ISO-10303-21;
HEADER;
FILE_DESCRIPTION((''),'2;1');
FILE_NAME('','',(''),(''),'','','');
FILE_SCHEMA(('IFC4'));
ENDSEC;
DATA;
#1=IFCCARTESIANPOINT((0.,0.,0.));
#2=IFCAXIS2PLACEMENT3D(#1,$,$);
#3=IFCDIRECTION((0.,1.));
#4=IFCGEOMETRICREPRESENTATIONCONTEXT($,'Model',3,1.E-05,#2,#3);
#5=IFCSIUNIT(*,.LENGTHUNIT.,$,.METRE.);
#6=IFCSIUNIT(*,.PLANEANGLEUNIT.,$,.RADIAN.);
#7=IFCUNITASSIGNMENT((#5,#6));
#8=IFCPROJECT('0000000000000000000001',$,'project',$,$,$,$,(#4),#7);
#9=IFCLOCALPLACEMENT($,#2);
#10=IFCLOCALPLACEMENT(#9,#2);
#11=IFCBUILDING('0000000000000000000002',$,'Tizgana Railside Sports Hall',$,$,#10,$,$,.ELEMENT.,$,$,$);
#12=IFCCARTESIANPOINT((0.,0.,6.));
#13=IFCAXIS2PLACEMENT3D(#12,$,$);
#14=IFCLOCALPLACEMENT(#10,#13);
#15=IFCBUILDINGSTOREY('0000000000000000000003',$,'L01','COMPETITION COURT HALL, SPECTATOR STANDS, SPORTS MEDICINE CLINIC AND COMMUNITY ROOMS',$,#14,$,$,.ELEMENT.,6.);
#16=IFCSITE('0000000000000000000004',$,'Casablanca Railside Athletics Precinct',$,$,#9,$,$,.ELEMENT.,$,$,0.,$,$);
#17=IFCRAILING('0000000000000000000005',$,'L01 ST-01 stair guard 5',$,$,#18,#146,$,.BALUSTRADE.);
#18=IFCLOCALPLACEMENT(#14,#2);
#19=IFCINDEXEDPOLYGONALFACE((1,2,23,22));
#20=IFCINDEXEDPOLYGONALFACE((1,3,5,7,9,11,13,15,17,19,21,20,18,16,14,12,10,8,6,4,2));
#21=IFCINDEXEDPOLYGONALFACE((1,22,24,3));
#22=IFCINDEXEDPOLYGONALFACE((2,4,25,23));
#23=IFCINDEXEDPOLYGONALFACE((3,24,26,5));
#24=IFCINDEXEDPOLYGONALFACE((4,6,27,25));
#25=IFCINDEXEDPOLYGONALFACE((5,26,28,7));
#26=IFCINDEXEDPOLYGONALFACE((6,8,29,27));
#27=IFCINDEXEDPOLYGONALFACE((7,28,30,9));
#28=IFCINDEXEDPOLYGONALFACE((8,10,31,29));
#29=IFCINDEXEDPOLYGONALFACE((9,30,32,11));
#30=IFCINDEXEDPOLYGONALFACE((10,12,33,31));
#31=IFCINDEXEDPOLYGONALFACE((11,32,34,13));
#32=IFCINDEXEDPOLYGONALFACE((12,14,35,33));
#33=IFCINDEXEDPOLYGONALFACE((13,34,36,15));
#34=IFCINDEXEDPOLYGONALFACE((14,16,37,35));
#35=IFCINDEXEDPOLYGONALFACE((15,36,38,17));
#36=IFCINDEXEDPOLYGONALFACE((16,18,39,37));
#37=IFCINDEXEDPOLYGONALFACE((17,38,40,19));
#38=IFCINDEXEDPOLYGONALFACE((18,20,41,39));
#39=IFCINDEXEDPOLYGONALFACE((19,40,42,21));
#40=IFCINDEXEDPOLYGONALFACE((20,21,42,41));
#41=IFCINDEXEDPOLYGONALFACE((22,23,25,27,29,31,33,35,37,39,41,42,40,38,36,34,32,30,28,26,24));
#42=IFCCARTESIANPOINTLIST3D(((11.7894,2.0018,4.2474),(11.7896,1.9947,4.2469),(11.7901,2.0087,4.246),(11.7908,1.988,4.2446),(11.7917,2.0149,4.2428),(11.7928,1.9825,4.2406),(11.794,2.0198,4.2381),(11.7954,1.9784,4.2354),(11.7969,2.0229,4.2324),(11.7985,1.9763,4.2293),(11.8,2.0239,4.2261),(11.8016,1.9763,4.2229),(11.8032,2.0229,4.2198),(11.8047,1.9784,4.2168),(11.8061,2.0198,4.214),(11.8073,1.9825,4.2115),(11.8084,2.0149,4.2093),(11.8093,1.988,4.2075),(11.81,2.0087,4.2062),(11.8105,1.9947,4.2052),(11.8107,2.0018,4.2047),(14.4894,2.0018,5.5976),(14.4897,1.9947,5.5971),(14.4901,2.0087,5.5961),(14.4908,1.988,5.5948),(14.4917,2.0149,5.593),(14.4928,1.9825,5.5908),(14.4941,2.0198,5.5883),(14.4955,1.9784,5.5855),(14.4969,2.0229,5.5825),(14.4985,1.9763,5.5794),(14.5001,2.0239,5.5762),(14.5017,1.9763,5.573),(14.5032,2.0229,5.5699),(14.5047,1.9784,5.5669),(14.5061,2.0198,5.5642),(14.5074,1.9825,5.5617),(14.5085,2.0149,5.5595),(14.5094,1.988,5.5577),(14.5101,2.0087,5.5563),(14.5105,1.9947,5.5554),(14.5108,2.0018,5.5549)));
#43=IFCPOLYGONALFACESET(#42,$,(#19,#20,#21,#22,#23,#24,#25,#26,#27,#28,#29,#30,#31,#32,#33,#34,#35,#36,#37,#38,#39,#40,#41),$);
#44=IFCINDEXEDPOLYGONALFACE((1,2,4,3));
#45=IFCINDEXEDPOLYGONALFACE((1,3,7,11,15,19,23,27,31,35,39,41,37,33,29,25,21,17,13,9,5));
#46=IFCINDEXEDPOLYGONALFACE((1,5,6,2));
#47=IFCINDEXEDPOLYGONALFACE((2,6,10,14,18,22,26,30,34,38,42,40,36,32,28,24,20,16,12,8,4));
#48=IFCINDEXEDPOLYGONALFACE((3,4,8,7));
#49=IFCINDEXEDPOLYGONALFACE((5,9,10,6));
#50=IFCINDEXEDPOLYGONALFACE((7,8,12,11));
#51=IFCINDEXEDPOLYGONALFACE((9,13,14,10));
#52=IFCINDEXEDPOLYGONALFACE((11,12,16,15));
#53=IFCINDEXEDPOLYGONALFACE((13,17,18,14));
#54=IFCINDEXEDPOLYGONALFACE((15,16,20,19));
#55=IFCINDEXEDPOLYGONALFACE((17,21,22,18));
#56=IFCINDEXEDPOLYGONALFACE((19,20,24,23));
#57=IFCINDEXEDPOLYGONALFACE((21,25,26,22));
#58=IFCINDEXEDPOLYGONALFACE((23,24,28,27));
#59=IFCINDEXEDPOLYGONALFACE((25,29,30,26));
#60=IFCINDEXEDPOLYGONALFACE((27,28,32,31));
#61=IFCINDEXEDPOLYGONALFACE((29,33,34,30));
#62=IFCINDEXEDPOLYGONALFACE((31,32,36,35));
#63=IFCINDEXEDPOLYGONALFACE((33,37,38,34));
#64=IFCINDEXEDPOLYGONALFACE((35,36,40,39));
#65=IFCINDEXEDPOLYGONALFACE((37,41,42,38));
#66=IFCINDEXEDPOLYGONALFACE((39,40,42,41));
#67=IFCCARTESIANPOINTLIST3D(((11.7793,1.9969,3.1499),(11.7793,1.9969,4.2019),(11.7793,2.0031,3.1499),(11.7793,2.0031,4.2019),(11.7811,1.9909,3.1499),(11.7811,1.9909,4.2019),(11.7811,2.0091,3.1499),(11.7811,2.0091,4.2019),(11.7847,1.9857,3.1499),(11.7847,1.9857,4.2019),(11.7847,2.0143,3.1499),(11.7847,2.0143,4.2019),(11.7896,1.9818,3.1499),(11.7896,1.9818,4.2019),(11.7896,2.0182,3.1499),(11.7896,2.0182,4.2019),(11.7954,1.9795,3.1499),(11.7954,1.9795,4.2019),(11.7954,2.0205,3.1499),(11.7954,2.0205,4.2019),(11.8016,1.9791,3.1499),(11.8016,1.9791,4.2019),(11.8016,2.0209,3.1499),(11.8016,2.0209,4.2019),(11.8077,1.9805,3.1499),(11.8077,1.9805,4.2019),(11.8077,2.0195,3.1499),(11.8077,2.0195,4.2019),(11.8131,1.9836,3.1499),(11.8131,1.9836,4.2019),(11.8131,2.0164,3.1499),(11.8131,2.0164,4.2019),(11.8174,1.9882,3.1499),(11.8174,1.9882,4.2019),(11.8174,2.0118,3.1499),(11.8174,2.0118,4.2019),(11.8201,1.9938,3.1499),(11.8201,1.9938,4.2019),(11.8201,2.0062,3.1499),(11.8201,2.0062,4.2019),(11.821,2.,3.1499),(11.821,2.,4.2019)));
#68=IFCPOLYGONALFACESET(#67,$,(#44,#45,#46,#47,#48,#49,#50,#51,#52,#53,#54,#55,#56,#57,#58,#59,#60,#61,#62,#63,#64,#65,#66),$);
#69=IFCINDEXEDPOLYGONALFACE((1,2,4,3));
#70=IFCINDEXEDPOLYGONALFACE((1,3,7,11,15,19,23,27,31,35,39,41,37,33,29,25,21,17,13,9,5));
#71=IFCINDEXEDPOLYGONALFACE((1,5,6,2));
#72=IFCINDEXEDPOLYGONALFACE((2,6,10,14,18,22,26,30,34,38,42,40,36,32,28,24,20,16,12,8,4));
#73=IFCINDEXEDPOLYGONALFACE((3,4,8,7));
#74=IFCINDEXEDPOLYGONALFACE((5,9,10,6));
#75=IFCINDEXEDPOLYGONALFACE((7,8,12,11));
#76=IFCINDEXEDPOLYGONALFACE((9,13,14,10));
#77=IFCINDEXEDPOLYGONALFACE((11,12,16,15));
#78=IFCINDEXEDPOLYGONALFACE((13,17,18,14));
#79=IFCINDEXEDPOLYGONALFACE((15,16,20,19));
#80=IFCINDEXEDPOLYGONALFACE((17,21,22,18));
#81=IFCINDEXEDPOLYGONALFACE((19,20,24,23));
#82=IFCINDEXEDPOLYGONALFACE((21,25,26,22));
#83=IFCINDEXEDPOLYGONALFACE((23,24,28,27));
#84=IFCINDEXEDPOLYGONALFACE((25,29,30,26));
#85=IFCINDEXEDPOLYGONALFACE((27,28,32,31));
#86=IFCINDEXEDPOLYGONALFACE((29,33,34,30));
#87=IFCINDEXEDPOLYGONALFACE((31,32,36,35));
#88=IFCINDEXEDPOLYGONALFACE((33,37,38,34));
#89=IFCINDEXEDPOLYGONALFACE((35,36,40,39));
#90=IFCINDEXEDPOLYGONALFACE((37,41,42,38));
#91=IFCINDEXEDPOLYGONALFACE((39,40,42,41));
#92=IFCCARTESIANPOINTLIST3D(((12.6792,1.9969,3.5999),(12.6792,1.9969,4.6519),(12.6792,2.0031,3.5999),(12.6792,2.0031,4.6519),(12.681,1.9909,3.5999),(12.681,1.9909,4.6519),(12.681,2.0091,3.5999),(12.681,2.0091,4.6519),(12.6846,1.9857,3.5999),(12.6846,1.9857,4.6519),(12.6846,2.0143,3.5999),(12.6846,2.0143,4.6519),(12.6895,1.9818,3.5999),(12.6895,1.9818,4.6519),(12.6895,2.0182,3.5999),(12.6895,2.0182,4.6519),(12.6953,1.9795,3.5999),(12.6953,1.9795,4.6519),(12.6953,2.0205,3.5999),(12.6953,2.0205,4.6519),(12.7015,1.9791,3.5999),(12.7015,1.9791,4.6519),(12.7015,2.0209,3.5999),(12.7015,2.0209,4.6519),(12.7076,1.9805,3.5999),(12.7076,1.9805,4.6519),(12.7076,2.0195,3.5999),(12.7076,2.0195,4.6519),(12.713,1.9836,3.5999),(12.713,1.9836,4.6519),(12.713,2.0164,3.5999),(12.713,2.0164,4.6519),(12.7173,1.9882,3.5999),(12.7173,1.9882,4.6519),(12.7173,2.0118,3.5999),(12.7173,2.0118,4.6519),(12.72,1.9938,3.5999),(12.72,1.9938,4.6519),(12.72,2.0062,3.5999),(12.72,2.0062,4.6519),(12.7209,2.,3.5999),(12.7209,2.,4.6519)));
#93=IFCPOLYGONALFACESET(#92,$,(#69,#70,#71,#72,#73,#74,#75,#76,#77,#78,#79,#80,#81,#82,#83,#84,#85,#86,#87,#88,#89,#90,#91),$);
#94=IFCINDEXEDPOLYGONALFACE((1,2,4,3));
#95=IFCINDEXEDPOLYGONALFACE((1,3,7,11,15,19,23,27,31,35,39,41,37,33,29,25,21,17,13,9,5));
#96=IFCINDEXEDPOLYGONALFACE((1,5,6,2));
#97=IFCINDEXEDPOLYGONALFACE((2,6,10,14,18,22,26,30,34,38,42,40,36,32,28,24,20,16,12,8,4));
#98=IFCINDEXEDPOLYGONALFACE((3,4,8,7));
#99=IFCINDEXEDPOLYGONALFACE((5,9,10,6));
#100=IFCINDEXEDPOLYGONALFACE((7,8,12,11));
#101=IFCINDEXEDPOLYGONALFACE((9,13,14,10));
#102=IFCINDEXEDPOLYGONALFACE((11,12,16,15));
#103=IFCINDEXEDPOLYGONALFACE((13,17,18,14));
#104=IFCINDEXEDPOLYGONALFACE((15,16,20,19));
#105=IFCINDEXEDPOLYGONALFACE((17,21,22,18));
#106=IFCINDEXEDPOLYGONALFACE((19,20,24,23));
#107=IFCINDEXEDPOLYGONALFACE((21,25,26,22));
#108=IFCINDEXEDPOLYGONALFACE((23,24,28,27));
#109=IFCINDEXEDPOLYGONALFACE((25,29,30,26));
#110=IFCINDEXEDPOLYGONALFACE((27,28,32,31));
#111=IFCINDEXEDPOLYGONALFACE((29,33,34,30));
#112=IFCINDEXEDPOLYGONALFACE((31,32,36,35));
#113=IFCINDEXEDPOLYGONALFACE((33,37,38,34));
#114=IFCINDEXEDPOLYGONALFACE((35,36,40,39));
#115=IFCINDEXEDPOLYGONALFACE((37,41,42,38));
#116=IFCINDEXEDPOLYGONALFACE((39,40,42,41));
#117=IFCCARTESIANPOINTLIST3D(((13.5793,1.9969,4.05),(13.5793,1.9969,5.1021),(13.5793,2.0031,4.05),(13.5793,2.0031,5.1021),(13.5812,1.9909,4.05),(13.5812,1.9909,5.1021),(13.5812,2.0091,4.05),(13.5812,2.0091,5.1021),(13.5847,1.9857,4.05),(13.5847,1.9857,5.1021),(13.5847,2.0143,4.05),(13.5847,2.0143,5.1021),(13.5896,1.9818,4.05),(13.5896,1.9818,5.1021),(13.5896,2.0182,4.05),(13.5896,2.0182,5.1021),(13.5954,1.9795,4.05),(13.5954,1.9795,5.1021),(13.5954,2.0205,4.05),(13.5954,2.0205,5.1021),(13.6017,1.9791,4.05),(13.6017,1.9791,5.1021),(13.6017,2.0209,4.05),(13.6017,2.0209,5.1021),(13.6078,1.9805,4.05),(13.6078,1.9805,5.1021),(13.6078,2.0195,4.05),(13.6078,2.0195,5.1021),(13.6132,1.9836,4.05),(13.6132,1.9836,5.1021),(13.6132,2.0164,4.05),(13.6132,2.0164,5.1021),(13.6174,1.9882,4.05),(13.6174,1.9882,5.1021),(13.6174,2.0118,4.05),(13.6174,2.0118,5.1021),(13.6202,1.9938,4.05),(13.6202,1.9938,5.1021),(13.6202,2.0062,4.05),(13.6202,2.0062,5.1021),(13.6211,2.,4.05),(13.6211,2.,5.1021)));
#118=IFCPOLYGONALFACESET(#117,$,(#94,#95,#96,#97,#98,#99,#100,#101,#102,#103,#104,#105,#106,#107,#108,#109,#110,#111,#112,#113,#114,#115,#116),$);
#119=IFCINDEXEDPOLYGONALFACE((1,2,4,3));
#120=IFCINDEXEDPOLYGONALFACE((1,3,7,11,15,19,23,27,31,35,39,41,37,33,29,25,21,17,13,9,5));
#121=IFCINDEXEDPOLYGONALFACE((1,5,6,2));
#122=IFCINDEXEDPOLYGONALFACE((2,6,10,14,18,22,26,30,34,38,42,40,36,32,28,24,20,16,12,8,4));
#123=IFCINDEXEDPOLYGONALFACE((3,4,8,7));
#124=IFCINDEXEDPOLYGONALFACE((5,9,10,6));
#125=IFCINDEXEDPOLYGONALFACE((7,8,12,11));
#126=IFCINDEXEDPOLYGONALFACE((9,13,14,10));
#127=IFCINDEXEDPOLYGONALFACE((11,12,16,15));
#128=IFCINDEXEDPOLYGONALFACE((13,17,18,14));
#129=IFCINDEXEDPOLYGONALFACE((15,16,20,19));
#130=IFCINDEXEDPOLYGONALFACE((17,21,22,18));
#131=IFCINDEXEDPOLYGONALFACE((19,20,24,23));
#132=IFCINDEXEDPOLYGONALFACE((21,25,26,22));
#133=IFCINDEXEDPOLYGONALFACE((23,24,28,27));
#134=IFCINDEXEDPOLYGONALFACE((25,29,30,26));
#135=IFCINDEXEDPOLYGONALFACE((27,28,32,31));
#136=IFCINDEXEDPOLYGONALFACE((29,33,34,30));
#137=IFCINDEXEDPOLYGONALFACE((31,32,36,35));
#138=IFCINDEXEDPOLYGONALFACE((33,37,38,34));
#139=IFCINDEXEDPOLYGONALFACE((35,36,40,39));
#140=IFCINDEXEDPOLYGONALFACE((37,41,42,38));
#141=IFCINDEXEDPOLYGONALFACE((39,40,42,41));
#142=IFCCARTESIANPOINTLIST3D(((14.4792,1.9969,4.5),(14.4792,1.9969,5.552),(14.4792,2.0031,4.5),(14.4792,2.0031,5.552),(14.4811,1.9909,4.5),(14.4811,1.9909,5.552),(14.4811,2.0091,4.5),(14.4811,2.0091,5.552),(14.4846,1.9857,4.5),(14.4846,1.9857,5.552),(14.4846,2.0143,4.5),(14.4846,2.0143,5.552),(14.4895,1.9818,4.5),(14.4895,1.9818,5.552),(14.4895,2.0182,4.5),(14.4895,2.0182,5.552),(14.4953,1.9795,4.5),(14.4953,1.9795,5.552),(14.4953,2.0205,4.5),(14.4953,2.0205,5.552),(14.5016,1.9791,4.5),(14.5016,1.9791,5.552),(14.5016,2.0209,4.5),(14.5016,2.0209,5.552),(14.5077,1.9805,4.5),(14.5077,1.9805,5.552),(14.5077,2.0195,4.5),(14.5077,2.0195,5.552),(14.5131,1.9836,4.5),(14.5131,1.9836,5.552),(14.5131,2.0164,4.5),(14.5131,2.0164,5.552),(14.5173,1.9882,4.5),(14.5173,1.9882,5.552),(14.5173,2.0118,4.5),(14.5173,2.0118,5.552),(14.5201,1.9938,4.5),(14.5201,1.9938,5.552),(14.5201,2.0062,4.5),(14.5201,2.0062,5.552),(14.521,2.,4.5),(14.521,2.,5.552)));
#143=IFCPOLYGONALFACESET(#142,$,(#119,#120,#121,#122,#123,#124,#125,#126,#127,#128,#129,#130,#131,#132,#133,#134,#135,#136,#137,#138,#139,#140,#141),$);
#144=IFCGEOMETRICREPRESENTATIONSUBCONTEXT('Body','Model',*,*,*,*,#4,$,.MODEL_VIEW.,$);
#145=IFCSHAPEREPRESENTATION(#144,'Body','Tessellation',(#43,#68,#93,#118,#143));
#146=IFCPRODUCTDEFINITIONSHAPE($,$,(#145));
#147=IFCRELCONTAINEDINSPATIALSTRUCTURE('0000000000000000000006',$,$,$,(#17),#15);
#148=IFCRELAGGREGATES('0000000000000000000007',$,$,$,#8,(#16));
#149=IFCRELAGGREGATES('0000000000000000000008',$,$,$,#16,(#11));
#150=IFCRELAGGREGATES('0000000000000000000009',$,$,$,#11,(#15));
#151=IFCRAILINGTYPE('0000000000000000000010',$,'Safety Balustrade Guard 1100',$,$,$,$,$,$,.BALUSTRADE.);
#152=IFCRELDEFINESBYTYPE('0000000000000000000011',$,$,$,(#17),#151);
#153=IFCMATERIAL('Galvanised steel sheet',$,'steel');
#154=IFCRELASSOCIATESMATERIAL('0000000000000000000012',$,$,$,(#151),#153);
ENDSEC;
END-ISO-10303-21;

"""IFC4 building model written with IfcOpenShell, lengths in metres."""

from ifc_helpers import new_model, si_unit, direction, frame, origin, origin_2d, place, context, subcontext, project, spatial, circle, extrude, material, type_object, element, save


model = new_model("IFC4")

# Units and contexts
model_context = context("Model", 3, precision=1e-05, world=origin(), true_north=direction((0.0, 1.0)))
body_context = subcontext(model_context, "Body", "Model", "MODEL_VIEW")
ifc_project = project(units=[si_unit("LENGTHUNIT", "METRE"), si_unit("PLANEANGLEUNIT", "RADIAN")], contexts=[model_context])

# Site, building, storey
site_placement = place(None, origin())
site = spatial("IfcSite", under=ifc_project, at=site_placement, Name="Casablanca Railside Athletics Precinct", CompositionType="ELEMENT", RefElevation=0.0)
building_placement = place(site_placement, origin())
building = spatial("IfcBuilding", under=site, at=building_placement, Name="Tizgana Railside Sports Hall", CompositionType="ELEMENT")
storey_placement = place(building_placement, frame((0.0, 0.0, 6.0)))
storey = spatial("IfcBuildingStorey", under=building, at=storey_placement, Name="L01", Description="COMPETITION COURT HALL, SPECTATOR STANDS, SPORTS MEDICINE CLINIC AND COMMUNITY ROOMS", CompositionType="ELEMENT", Elevation=6.0)

# Railing
ifc_material_1 = material(Name="Galvanised steel sheet", Category="steel")
railing_type_1 = type_object("IfcRailingType", Name="Safety Balustrade Guard 1100", PredefinedType="BALUSTRADE", material=ifc_material_1)
railing_1_placement = place(storey_placement, frame((11.8, 2.0, 3.1499)))
element("IfcRailing", 1, at=railing_1_placement, inside=storey, type_object=railing_type_1, Name="L01 ST-01 stair guard 5", PredefinedType="BALUSTRADE", context=body_context, shape_type="SweptSolid", body=[
    extrude(circle(Radius=0.0239, at=origin_2d()), frame((0.0, 0.0, 1.0762), z_axis=(0.894411, 0.0, 0.447246), x_axis=(0.0, 1.0, 0.0)), (0.0, 0.0, 1.0), 3.0188),
    extrude(circle(Radius=0.021, at=origin_2d()), origin(), (0.0, 0.0, 1.0), 1.052),
    extrude(circle(Radius=0.021, at=origin_2d()), frame((0.8999, 0.0, 0.45)), (0.0, 0.0, 1.0), 1.052),
    extrude(circle(Radius=0.021, at=origin_2d()), frame((1.8, 0.0, 0.9001)), (0.0, 0.0, 1.0), 1.052),
    extrude(circle(Radius=0.021, at=origin_2d()), frame((2.7, 0.0, 1.3501)), (0.0, 0.0, 1.0), 1.052),
])

save(model, "model.ifc")
